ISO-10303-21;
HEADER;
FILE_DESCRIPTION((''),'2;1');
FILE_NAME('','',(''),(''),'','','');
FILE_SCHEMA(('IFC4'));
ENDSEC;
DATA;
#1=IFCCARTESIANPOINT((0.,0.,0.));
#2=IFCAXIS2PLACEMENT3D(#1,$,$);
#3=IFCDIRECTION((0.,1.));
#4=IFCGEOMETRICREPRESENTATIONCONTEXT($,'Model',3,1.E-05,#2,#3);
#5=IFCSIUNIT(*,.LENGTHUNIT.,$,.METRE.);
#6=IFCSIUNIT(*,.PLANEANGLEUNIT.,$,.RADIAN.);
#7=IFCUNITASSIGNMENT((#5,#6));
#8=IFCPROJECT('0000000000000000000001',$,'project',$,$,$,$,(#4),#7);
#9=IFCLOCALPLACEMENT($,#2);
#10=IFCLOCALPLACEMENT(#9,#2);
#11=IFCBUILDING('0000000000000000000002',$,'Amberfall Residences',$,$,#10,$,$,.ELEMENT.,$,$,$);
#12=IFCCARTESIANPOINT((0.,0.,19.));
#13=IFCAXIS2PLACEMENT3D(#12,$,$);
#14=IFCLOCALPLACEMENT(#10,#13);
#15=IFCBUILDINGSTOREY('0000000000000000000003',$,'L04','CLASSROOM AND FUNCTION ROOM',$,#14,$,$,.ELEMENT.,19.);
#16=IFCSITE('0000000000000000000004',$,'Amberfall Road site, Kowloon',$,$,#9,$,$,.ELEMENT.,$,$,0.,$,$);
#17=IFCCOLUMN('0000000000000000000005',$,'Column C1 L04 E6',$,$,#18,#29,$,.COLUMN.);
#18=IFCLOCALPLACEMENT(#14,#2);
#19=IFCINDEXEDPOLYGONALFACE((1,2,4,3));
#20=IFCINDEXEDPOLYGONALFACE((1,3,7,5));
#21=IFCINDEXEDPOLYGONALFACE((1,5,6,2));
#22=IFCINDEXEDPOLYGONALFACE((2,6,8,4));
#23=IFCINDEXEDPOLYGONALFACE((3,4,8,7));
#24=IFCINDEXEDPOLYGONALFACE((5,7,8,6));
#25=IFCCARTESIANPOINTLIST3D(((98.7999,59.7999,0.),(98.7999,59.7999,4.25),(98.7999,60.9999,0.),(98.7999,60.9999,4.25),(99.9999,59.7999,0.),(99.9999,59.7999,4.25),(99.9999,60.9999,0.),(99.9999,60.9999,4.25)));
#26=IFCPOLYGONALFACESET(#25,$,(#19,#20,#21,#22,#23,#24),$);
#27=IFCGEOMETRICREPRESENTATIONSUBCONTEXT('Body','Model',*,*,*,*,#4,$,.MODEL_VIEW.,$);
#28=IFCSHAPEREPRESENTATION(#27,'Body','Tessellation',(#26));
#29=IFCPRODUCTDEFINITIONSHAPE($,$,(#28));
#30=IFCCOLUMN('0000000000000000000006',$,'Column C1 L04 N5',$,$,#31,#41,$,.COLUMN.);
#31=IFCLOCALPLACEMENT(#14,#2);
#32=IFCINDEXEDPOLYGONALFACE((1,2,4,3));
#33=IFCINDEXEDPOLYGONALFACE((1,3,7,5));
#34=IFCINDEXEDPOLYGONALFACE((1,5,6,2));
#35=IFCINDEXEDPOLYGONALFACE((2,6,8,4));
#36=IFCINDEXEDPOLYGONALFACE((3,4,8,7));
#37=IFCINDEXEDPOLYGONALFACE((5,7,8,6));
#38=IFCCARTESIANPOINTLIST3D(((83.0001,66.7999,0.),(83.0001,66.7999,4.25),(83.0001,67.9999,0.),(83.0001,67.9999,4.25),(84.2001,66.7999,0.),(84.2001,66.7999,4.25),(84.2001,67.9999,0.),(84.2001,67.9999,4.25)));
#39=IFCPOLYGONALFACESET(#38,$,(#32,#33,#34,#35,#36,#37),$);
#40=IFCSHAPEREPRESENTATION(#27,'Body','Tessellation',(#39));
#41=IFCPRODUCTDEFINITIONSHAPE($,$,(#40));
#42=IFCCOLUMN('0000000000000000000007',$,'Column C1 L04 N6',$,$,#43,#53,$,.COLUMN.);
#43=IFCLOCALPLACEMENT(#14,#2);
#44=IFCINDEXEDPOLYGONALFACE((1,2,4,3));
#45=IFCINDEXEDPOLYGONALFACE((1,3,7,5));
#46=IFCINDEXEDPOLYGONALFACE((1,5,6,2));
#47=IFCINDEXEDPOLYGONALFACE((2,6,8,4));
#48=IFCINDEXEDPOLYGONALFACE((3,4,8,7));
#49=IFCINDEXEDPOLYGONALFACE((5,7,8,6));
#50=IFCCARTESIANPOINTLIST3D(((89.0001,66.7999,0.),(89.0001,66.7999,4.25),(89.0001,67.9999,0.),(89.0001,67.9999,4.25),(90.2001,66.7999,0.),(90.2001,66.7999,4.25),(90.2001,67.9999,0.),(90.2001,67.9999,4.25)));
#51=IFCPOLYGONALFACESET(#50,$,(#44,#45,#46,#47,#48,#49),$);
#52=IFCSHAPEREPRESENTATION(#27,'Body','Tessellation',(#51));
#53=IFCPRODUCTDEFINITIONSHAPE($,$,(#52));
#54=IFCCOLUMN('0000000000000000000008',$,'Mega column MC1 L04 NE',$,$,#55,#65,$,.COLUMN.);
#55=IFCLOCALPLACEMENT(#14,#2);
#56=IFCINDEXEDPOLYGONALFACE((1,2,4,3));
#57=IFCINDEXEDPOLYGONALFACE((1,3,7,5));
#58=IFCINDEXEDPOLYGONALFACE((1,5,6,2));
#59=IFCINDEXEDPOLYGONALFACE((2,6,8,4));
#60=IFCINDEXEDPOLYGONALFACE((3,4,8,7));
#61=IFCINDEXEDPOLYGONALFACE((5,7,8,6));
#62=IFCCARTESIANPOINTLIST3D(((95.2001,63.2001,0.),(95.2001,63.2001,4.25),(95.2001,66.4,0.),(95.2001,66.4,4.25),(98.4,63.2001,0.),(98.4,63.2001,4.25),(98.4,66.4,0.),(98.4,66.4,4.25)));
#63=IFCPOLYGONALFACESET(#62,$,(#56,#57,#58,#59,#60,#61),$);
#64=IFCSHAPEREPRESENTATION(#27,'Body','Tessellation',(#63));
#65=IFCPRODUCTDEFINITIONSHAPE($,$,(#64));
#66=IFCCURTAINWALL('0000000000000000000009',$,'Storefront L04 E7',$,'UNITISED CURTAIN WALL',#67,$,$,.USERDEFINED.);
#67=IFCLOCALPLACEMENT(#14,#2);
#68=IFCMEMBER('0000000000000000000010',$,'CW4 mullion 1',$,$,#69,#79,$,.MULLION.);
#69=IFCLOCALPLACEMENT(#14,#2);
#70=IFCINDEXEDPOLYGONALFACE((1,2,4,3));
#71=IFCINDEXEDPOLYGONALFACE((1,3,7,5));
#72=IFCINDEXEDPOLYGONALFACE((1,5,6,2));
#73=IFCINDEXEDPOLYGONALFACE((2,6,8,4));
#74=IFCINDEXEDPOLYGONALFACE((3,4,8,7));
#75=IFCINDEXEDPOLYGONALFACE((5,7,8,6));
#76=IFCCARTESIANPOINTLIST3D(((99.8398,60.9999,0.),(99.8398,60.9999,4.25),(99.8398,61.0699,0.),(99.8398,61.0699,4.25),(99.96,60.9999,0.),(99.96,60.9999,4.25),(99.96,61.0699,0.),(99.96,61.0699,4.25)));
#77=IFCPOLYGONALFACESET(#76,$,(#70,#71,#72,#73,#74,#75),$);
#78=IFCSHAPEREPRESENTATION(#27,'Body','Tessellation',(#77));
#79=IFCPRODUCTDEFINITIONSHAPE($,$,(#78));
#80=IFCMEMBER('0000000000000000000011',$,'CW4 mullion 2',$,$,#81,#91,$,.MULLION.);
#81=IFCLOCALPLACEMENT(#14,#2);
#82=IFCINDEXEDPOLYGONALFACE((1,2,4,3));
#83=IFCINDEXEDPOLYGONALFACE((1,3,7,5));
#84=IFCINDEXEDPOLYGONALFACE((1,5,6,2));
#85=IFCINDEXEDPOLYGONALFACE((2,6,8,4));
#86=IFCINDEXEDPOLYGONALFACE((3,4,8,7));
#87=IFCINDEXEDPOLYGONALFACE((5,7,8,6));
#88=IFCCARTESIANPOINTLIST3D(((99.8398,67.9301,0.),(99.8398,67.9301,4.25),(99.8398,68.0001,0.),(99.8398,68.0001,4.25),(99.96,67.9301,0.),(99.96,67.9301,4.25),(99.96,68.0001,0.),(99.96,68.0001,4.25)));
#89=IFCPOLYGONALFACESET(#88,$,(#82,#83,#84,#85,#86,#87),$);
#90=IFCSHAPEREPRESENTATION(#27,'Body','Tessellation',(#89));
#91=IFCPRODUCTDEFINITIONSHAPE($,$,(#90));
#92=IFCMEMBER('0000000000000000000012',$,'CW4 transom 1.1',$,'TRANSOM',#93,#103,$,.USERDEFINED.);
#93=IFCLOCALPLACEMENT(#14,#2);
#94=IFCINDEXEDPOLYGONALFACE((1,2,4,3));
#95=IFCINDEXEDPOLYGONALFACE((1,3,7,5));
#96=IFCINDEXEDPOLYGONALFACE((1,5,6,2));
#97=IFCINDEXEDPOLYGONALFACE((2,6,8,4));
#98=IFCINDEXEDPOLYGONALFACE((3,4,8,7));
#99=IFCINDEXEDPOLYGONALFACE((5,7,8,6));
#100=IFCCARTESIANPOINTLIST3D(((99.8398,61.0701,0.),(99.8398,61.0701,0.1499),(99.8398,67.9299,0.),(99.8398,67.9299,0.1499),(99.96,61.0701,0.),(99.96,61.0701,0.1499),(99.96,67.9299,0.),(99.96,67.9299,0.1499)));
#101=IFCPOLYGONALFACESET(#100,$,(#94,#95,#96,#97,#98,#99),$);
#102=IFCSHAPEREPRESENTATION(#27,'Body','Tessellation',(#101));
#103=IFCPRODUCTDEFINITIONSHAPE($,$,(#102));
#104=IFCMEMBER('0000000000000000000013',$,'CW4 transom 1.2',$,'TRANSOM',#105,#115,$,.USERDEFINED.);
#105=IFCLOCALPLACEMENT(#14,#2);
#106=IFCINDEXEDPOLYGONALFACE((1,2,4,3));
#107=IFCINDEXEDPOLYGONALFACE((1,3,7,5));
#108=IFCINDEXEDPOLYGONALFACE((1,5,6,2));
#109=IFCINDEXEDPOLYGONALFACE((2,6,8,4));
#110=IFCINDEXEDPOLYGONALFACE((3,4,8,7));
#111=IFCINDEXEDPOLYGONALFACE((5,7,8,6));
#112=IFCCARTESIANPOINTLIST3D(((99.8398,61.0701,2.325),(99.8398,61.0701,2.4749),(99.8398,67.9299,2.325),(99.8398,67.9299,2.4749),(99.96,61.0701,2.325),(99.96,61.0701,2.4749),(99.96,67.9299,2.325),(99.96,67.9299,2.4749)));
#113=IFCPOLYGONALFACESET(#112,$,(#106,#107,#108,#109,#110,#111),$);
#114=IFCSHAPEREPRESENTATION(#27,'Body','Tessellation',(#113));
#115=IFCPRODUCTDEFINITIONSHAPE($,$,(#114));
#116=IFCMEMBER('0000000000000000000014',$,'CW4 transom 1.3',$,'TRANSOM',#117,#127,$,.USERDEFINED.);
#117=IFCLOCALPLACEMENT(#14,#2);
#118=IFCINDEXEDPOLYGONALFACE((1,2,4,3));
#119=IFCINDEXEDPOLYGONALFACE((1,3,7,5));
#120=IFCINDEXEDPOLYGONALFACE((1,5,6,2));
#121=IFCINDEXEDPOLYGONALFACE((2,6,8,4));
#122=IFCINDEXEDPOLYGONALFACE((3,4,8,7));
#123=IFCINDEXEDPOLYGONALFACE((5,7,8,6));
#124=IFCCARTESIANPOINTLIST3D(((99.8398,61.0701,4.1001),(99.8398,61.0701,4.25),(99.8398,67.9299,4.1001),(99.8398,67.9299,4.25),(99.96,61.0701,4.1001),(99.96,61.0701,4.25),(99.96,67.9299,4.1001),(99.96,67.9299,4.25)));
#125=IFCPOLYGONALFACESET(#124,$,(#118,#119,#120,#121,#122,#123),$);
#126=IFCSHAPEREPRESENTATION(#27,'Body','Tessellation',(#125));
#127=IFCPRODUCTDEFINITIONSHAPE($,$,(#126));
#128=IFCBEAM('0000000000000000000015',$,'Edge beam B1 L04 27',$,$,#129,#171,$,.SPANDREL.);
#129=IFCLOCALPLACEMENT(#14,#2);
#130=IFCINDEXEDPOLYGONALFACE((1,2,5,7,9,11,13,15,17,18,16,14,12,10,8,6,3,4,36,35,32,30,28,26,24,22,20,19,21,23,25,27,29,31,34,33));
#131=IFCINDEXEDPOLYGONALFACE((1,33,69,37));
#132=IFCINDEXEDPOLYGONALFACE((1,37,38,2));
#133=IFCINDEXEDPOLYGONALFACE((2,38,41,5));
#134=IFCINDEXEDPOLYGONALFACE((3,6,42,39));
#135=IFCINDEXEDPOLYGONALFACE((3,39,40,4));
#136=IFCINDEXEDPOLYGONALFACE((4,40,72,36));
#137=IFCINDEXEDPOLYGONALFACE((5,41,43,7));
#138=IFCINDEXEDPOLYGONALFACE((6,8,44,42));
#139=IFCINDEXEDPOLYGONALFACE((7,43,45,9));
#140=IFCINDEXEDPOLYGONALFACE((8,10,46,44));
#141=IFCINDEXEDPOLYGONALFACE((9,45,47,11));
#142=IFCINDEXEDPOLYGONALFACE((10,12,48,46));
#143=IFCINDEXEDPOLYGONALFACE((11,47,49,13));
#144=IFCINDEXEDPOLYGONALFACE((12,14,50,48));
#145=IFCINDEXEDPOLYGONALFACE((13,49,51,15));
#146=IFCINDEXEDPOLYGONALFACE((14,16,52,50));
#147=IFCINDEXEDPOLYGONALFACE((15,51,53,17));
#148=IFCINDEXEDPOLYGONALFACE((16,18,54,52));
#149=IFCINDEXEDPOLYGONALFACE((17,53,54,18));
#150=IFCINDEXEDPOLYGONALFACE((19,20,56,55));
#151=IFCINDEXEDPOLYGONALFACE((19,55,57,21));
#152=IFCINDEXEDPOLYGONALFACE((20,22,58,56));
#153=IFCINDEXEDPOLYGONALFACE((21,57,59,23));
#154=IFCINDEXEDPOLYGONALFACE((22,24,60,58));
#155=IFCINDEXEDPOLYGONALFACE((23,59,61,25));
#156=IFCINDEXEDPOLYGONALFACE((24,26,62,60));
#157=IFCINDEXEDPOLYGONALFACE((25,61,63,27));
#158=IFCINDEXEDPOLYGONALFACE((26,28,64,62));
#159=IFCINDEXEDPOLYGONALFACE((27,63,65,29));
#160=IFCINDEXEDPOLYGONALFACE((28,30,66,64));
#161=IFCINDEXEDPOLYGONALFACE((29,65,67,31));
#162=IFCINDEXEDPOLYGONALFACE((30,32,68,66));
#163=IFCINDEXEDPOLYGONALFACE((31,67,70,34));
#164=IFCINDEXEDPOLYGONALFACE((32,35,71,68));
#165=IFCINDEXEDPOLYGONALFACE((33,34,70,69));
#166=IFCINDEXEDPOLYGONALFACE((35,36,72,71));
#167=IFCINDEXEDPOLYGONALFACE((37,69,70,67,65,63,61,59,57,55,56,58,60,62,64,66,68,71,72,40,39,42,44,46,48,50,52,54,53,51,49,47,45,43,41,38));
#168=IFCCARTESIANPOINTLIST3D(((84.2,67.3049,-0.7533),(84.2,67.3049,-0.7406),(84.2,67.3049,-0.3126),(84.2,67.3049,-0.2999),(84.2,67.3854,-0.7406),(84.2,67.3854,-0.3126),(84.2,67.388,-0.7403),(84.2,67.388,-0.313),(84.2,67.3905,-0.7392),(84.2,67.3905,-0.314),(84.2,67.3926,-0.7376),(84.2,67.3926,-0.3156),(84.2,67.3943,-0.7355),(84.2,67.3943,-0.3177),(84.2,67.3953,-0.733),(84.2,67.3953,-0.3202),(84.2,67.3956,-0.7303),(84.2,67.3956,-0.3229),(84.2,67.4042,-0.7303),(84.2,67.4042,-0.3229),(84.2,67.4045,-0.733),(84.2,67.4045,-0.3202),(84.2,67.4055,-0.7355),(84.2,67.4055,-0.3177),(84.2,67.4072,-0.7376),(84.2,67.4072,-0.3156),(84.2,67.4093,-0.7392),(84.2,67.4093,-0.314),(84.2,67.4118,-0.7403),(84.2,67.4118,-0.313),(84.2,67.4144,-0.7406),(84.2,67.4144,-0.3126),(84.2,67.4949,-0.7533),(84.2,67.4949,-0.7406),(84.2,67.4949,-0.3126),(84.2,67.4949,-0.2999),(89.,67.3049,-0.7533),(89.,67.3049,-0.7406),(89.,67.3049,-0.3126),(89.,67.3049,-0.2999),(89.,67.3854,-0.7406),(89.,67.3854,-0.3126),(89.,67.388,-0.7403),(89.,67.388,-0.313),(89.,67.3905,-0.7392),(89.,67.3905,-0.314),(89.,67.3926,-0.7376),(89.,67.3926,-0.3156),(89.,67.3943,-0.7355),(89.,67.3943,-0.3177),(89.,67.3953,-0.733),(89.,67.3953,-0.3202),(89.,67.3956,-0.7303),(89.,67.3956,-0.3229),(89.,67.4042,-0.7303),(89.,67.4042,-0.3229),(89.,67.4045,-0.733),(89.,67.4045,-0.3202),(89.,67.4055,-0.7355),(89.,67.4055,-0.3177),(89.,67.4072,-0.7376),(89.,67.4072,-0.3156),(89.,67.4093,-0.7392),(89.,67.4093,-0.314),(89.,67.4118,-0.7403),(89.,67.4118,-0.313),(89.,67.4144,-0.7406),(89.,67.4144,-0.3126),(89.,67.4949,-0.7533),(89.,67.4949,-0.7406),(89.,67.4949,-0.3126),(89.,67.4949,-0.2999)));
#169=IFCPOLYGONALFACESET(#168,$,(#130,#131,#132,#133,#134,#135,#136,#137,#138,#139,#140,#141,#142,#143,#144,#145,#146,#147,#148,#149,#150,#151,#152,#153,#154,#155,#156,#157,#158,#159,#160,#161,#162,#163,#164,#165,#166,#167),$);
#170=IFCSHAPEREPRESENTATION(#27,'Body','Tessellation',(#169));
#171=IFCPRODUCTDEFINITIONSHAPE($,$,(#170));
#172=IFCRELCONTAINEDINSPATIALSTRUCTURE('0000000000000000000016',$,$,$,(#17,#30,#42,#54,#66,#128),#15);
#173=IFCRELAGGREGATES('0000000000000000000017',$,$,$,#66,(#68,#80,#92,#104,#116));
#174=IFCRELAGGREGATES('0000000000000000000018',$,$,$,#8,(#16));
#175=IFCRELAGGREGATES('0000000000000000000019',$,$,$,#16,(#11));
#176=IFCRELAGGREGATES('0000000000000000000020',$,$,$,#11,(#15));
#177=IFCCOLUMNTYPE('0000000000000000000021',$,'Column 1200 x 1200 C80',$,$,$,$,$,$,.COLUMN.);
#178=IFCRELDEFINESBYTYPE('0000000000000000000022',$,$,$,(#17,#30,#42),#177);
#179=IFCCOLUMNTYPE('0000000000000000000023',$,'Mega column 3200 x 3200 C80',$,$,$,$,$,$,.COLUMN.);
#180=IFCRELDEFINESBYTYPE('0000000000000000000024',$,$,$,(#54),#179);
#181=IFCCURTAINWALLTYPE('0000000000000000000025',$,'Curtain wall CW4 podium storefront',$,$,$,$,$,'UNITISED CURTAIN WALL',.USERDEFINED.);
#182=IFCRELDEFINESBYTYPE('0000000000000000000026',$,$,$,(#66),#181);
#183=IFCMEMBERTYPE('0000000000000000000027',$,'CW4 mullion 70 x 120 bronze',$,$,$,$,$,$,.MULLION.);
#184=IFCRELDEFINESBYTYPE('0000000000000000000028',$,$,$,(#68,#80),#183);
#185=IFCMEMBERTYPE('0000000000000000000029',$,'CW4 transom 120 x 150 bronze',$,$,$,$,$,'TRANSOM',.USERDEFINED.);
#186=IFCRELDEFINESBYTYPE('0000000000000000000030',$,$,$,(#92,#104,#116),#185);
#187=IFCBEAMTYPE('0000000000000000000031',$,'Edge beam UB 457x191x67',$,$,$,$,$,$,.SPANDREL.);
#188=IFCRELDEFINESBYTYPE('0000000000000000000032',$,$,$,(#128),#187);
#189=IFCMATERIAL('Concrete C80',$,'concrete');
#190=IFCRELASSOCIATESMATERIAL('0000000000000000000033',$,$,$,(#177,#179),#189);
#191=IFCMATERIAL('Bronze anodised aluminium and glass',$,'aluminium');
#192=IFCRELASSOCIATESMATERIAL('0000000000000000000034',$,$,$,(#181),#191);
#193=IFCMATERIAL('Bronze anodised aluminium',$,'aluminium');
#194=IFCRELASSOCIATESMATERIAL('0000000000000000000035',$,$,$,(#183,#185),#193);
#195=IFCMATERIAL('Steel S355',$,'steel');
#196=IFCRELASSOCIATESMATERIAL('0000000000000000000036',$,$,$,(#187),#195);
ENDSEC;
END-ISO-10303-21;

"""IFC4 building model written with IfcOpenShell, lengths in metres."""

from ifc_helpers import new_model, si_unit, direction, frame, origin, origin_2d, place, context, subcontext, project, spatial, rectangle, i_section, extrude, material, material_profile, profile_set, type_object, element, aggregate, save


model = new_model("IFC4")

# Units and contexts
model_context = context("Model", 3, precision=1e-05, world=origin(), true_north=direction((0.0, 1.0)))
body_context = subcontext(model_context, "Body", "Model", "MODEL_VIEW")
ifc_project = project(units=[si_unit("LENGTHUNIT", "METRE"), si_unit("PLANEANGLEUNIT", "RADIAN")], contexts=[model_context])

# Site, building, storey
site_placement = place(None, origin())
site = spatial("IfcSite", under=ifc_project, at=site_placement, Name="Amberfall Road site, Kowloon", CompositionType="ELEMENT", RefElevation=0.0)
building_placement = place(site_placement, origin())
building = spatial("IfcBuilding", under=site, at=building_placement, Name="Amberfall Residences", CompositionType="ELEMENT")
storey_placement = place(building_placement, frame((0.0, 0.0, 19.0)))
storey = spatial("IfcBuildingStorey", under=building, at=storey_placement, Name="L04", Description="CLASSROOM AND FUNCTION ROOM", CompositionType="ELEMENT", Elevation=19.0)

# Columns
ifc_material_1 = material(Name="Concrete C80", Category="concrete")
ifc_material_profile_1 = material_profile(ifc_material_1, rectangle(XDim=1.2, YDim=1.2, at=origin_2d()), Name="Column 1200 x 1200 C80")
ifc_profile_set_1 = profile_set([ifc_material_profile_1], Name="Concrete C80")
column_type_1 = type_object("IfcColumnType", Name="Column 1200 x 1200 C80", PredefinedType="COLUMN", material=ifc_profile_set_1)
for number, where, z_axis, x_axis, name in (
    (1, (99.3999, 60.3999, 0.0), (0.0, 0.0, 1.0), (1.0, 0.0, 0.0), "Column C1 L04 E6"),
    (2, (83.6001, 67.3999, 0.0), (0.0, 0.0, 1.0), (1.0, 0.0, 0.0), "Column C1 L04 N5"),
    (3, (89.6001, 67.3999, 0.0), (0.0, 0.0, 1.0), (1.0, 0.0, 0.0), "Column C1 L04 N6"),
):
    element("IfcColumn", number, at=place(storey_placement, frame(where, z_axis=z_axis, x_axis=x_axis)), inside=storey, type_object=column_type_1, Name=name, PredefinedType="COLUMN", context=body_context, shape_type="SweptSolid", body=[
        extrude(rectangle(XDim=1.2, YDim=1.2, at=origin_2d()), origin(), (0.0, 0.0, 1.0), 4.25),
    ])
ifc_material_profile_2 = material_profile(ifc_material_1, rectangle(XDim=3.2, YDim=3.2, at=origin_2d()), Name="Mega column 3200 x 3200 C80")
ifc_profile_set_2 = profile_set([ifc_material_profile_2], Name="Concrete C80")
column_type_2 = type_object("IfcColumnType", Name="Mega column 3200 x 3200 C80", PredefinedType="COLUMN", material=ifc_profile_set_2)
column_placement = place(storey_placement, frame((96.8, 64.8, 0.0), z_axis=(0.0, 0.0, 1.0), x_axis=(1.0, 0.0, 0.0)))
element("IfcColumn", 4, at=column_placement, inside=storey, type_object=column_type_2, Name="Mega column MC1 L04 NE", PredefinedType="COLUMN", context=body_context, shape_type="SweptSolid", body=[
    extrude(rectangle(XDim=3.2, YDim=3.2, at=origin_2d()), origin(), (0.0, 0.0, 1.0), 4.25),
])

# Curtain wall, members
ifc_material_2 = material(Name="Bronze anodised aluminium and glass", Category="aluminium")
curtain_wall_type = type_object("IfcCurtainWallType", Name="Curtain wall CW4 podium storefront", ElementType="UNITISED CURTAIN WALL", PredefinedType="USERDEFINED", material=ifc_material_2)
curtain_wall_placement = place(storey_placement, origin())
curtain_wall = element("IfcCurtainWall", 5, at=curtain_wall_placement, inside=storey, type_object=curtain_wall_type, Name="Storefront L04 E7", ObjectType="UNITISED CURTAIN WALL", PredefinedType="USERDEFINED")
ifc_material_3 = material(Name="Bronze anodised aluminium", Category="aluminium")
ifc_material_profile_3 = material_profile(ifc_material_3, rectangle(XDim=0.1201, YDim=0.0701, at=origin_2d()), Name="CW4 mullion 70 x 120 bronze")
ifc_profile_set_3 = profile_set([ifc_material_profile_3], Name="Bronze anodised aluminium")
member_type_1 = type_object("IfcMemberType", Name="CW4 mullion 70 x 120 bronze", PredefinedType="MULLION", material=ifc_profile_set_3)
member_1_placement = place(storey_placement, frame((99.8999, 61.0349, 0.0), z_axis=(0.0, 0.0, 1.0), x_axis=(-1.0, 0.0, 0.0)))
member_1 = element("IfcMember", 6, at=member_1_placement, type_object=member_type_1, Name="CW4 mullion 1", PredefinedType="MULLION", context=body_context, shape_type="SweptSolid", body=[
    extrude(rectangle(XDim=0.1201, YDim=0.0701, at=origin_2d()), origin(), (0.0, 0.0, 1.0), 4.25),
])
member_2_placement = place(storey_placement, frame((99.8999, 67.9651, 0.0), z_axis=(0.0, 0.0, 1.0), x_axis=(-1.0, 0.0, 0.0)))
member_2 = element("IfcMember", 7, at=member_2_placement, type_object=member_type_1, Name="CW4 mullion 2", PredefinedType="MULLION", context=body_context, shape_type="SweptSolid", body=[
    extrude(rectangle(XDim=0.1201, YDim=0.0701, at=origin_2d()), origin(), (0.0, 0.0, 1.0), 4.25),
])
ifc_material_profile_4 = material_profile(ifc_material_3, rectangle(XDim=0.1201, YDim=0.1499, at=origin_2d()), Name="CW4 transom 120 x 150 bronze")
ifc_profile_set_4 = profile_set([ifc_material_profile_4], Name="Bronze anodised aluminium")
member_type_2 = type_object("IfcMemberType", Name="CW4 transom 120 x 150 bronze", ElementType="TRANSOM", PredefinedType="USERDEFINED", material=ifc_profile_set_4)
member_3_placement = place(storey_placement, frame((99.8999, 61.0701, 0.075), z_axis=(0.0, 1.0, 0.0), x_axis=(-1.0, 0.0, 0.0)))
member_3 = element("IfcMember", 8, at=member_3_placement, type_object=member_type_2, Name="CW4 transom 1.1", ObjectType="TRANSOM", PredefinedType="USERDEFINED", context=body_context, shape_type="SweptSolid", body=[
    extrude(rectangle(XDim=0.1201, YDim=0.1499, at=origin_2d()), origin(), (0.0, 0.0, 1.0), 6.8599),
])
member_4_placement = place(storey_placement, frame((99.8999, 61.0701, 2.3999), z_axis=(0.0, 1.0, 0.0), x_axis=(-1.0, 0.0, 0.0)))
member_4 = element("IfcMember", 9, at=member_4_placement, type_object=member_type_2, Name="CW4 transom 1.2", ObjectType="TRANSOM", PredefinedType="USERDEFINED", context=body_context, shape_type="SweptSolid", body=[
    extrude(rectangle(XDim=0.1201, YDim=0.1499, at=origin_2d()), origin(), (0.0, 0.0, 1.0), 6.8599),
])
member_5_placement = place(storey_placement, frame((99.8999, 61.0701, 4.175), z_axis=(0.0, 1.0, 0.0), x_axis=(-1.0, 0.0, 0.0)))
member_5 = element("IfcMember", 10, at=member_5_placement, type_object=member_type_2, Name="CW4 transom 1.3", ObjectType="TRANSOM", PredefinedType="USERDEFINED", context=body_context, shape_type="SweptSolid", body=[
    extrude(rectangle(XDim=0.1201, YDim=0.1499, at=origin_2d()), origin(), (0.0, 0.0, 1.0), 6.8599),
])

# Beam
ifc_material_4 = material(Name="Steel S355", Category="steel")
ifc_material_profile_5 = material_profile(ifc_material_4, i_section(OverallWidth=0.1899, OverallDepth=0.4534, WebThickness=0.0085, FlangeThickness=0.0127, FilletRadius=0.0103, at=origin_2d()), Name="UB 457x191x67")
ifc_profile_set_5 = profile_set([ifc_material_profile_5], Name="Steel S355")
beam_type_1 = type_object("IfcBeamType", Name="Edge beam UB 457x191x67", PredefinedType="SPANDREL", material=ifc_profile_set_5)
beam_1_placement = place(storey_placement, frame((84.2, 67.3999, -0.5266), z_axis=(1.0, 0.0, 0.0), x_axis=(0.0, 1.0, 0.0)))
element("IfcBeam", 11, at=beam_1_placement, inside=storey, type_object=beam_type_1, Name="Edge beam B1 L04 27", PredefinedType="SPANDREL", context=body_context, shape_type="SweptSolid", body=[
    extrude(i_section(OverallWidth=0.1899, OverallDepth=0.4534, WebThickness=0.0085, FlangeThickness=0.0127, FilletRadius=0.0103, at=origin_2d()), origin(), (0.0, 0.0, 1.0), 4.8),
])

aggregate(curtain_wall, [member_1, member_2, member_3, member_4, member_5])

save(model, "model.ifc")
